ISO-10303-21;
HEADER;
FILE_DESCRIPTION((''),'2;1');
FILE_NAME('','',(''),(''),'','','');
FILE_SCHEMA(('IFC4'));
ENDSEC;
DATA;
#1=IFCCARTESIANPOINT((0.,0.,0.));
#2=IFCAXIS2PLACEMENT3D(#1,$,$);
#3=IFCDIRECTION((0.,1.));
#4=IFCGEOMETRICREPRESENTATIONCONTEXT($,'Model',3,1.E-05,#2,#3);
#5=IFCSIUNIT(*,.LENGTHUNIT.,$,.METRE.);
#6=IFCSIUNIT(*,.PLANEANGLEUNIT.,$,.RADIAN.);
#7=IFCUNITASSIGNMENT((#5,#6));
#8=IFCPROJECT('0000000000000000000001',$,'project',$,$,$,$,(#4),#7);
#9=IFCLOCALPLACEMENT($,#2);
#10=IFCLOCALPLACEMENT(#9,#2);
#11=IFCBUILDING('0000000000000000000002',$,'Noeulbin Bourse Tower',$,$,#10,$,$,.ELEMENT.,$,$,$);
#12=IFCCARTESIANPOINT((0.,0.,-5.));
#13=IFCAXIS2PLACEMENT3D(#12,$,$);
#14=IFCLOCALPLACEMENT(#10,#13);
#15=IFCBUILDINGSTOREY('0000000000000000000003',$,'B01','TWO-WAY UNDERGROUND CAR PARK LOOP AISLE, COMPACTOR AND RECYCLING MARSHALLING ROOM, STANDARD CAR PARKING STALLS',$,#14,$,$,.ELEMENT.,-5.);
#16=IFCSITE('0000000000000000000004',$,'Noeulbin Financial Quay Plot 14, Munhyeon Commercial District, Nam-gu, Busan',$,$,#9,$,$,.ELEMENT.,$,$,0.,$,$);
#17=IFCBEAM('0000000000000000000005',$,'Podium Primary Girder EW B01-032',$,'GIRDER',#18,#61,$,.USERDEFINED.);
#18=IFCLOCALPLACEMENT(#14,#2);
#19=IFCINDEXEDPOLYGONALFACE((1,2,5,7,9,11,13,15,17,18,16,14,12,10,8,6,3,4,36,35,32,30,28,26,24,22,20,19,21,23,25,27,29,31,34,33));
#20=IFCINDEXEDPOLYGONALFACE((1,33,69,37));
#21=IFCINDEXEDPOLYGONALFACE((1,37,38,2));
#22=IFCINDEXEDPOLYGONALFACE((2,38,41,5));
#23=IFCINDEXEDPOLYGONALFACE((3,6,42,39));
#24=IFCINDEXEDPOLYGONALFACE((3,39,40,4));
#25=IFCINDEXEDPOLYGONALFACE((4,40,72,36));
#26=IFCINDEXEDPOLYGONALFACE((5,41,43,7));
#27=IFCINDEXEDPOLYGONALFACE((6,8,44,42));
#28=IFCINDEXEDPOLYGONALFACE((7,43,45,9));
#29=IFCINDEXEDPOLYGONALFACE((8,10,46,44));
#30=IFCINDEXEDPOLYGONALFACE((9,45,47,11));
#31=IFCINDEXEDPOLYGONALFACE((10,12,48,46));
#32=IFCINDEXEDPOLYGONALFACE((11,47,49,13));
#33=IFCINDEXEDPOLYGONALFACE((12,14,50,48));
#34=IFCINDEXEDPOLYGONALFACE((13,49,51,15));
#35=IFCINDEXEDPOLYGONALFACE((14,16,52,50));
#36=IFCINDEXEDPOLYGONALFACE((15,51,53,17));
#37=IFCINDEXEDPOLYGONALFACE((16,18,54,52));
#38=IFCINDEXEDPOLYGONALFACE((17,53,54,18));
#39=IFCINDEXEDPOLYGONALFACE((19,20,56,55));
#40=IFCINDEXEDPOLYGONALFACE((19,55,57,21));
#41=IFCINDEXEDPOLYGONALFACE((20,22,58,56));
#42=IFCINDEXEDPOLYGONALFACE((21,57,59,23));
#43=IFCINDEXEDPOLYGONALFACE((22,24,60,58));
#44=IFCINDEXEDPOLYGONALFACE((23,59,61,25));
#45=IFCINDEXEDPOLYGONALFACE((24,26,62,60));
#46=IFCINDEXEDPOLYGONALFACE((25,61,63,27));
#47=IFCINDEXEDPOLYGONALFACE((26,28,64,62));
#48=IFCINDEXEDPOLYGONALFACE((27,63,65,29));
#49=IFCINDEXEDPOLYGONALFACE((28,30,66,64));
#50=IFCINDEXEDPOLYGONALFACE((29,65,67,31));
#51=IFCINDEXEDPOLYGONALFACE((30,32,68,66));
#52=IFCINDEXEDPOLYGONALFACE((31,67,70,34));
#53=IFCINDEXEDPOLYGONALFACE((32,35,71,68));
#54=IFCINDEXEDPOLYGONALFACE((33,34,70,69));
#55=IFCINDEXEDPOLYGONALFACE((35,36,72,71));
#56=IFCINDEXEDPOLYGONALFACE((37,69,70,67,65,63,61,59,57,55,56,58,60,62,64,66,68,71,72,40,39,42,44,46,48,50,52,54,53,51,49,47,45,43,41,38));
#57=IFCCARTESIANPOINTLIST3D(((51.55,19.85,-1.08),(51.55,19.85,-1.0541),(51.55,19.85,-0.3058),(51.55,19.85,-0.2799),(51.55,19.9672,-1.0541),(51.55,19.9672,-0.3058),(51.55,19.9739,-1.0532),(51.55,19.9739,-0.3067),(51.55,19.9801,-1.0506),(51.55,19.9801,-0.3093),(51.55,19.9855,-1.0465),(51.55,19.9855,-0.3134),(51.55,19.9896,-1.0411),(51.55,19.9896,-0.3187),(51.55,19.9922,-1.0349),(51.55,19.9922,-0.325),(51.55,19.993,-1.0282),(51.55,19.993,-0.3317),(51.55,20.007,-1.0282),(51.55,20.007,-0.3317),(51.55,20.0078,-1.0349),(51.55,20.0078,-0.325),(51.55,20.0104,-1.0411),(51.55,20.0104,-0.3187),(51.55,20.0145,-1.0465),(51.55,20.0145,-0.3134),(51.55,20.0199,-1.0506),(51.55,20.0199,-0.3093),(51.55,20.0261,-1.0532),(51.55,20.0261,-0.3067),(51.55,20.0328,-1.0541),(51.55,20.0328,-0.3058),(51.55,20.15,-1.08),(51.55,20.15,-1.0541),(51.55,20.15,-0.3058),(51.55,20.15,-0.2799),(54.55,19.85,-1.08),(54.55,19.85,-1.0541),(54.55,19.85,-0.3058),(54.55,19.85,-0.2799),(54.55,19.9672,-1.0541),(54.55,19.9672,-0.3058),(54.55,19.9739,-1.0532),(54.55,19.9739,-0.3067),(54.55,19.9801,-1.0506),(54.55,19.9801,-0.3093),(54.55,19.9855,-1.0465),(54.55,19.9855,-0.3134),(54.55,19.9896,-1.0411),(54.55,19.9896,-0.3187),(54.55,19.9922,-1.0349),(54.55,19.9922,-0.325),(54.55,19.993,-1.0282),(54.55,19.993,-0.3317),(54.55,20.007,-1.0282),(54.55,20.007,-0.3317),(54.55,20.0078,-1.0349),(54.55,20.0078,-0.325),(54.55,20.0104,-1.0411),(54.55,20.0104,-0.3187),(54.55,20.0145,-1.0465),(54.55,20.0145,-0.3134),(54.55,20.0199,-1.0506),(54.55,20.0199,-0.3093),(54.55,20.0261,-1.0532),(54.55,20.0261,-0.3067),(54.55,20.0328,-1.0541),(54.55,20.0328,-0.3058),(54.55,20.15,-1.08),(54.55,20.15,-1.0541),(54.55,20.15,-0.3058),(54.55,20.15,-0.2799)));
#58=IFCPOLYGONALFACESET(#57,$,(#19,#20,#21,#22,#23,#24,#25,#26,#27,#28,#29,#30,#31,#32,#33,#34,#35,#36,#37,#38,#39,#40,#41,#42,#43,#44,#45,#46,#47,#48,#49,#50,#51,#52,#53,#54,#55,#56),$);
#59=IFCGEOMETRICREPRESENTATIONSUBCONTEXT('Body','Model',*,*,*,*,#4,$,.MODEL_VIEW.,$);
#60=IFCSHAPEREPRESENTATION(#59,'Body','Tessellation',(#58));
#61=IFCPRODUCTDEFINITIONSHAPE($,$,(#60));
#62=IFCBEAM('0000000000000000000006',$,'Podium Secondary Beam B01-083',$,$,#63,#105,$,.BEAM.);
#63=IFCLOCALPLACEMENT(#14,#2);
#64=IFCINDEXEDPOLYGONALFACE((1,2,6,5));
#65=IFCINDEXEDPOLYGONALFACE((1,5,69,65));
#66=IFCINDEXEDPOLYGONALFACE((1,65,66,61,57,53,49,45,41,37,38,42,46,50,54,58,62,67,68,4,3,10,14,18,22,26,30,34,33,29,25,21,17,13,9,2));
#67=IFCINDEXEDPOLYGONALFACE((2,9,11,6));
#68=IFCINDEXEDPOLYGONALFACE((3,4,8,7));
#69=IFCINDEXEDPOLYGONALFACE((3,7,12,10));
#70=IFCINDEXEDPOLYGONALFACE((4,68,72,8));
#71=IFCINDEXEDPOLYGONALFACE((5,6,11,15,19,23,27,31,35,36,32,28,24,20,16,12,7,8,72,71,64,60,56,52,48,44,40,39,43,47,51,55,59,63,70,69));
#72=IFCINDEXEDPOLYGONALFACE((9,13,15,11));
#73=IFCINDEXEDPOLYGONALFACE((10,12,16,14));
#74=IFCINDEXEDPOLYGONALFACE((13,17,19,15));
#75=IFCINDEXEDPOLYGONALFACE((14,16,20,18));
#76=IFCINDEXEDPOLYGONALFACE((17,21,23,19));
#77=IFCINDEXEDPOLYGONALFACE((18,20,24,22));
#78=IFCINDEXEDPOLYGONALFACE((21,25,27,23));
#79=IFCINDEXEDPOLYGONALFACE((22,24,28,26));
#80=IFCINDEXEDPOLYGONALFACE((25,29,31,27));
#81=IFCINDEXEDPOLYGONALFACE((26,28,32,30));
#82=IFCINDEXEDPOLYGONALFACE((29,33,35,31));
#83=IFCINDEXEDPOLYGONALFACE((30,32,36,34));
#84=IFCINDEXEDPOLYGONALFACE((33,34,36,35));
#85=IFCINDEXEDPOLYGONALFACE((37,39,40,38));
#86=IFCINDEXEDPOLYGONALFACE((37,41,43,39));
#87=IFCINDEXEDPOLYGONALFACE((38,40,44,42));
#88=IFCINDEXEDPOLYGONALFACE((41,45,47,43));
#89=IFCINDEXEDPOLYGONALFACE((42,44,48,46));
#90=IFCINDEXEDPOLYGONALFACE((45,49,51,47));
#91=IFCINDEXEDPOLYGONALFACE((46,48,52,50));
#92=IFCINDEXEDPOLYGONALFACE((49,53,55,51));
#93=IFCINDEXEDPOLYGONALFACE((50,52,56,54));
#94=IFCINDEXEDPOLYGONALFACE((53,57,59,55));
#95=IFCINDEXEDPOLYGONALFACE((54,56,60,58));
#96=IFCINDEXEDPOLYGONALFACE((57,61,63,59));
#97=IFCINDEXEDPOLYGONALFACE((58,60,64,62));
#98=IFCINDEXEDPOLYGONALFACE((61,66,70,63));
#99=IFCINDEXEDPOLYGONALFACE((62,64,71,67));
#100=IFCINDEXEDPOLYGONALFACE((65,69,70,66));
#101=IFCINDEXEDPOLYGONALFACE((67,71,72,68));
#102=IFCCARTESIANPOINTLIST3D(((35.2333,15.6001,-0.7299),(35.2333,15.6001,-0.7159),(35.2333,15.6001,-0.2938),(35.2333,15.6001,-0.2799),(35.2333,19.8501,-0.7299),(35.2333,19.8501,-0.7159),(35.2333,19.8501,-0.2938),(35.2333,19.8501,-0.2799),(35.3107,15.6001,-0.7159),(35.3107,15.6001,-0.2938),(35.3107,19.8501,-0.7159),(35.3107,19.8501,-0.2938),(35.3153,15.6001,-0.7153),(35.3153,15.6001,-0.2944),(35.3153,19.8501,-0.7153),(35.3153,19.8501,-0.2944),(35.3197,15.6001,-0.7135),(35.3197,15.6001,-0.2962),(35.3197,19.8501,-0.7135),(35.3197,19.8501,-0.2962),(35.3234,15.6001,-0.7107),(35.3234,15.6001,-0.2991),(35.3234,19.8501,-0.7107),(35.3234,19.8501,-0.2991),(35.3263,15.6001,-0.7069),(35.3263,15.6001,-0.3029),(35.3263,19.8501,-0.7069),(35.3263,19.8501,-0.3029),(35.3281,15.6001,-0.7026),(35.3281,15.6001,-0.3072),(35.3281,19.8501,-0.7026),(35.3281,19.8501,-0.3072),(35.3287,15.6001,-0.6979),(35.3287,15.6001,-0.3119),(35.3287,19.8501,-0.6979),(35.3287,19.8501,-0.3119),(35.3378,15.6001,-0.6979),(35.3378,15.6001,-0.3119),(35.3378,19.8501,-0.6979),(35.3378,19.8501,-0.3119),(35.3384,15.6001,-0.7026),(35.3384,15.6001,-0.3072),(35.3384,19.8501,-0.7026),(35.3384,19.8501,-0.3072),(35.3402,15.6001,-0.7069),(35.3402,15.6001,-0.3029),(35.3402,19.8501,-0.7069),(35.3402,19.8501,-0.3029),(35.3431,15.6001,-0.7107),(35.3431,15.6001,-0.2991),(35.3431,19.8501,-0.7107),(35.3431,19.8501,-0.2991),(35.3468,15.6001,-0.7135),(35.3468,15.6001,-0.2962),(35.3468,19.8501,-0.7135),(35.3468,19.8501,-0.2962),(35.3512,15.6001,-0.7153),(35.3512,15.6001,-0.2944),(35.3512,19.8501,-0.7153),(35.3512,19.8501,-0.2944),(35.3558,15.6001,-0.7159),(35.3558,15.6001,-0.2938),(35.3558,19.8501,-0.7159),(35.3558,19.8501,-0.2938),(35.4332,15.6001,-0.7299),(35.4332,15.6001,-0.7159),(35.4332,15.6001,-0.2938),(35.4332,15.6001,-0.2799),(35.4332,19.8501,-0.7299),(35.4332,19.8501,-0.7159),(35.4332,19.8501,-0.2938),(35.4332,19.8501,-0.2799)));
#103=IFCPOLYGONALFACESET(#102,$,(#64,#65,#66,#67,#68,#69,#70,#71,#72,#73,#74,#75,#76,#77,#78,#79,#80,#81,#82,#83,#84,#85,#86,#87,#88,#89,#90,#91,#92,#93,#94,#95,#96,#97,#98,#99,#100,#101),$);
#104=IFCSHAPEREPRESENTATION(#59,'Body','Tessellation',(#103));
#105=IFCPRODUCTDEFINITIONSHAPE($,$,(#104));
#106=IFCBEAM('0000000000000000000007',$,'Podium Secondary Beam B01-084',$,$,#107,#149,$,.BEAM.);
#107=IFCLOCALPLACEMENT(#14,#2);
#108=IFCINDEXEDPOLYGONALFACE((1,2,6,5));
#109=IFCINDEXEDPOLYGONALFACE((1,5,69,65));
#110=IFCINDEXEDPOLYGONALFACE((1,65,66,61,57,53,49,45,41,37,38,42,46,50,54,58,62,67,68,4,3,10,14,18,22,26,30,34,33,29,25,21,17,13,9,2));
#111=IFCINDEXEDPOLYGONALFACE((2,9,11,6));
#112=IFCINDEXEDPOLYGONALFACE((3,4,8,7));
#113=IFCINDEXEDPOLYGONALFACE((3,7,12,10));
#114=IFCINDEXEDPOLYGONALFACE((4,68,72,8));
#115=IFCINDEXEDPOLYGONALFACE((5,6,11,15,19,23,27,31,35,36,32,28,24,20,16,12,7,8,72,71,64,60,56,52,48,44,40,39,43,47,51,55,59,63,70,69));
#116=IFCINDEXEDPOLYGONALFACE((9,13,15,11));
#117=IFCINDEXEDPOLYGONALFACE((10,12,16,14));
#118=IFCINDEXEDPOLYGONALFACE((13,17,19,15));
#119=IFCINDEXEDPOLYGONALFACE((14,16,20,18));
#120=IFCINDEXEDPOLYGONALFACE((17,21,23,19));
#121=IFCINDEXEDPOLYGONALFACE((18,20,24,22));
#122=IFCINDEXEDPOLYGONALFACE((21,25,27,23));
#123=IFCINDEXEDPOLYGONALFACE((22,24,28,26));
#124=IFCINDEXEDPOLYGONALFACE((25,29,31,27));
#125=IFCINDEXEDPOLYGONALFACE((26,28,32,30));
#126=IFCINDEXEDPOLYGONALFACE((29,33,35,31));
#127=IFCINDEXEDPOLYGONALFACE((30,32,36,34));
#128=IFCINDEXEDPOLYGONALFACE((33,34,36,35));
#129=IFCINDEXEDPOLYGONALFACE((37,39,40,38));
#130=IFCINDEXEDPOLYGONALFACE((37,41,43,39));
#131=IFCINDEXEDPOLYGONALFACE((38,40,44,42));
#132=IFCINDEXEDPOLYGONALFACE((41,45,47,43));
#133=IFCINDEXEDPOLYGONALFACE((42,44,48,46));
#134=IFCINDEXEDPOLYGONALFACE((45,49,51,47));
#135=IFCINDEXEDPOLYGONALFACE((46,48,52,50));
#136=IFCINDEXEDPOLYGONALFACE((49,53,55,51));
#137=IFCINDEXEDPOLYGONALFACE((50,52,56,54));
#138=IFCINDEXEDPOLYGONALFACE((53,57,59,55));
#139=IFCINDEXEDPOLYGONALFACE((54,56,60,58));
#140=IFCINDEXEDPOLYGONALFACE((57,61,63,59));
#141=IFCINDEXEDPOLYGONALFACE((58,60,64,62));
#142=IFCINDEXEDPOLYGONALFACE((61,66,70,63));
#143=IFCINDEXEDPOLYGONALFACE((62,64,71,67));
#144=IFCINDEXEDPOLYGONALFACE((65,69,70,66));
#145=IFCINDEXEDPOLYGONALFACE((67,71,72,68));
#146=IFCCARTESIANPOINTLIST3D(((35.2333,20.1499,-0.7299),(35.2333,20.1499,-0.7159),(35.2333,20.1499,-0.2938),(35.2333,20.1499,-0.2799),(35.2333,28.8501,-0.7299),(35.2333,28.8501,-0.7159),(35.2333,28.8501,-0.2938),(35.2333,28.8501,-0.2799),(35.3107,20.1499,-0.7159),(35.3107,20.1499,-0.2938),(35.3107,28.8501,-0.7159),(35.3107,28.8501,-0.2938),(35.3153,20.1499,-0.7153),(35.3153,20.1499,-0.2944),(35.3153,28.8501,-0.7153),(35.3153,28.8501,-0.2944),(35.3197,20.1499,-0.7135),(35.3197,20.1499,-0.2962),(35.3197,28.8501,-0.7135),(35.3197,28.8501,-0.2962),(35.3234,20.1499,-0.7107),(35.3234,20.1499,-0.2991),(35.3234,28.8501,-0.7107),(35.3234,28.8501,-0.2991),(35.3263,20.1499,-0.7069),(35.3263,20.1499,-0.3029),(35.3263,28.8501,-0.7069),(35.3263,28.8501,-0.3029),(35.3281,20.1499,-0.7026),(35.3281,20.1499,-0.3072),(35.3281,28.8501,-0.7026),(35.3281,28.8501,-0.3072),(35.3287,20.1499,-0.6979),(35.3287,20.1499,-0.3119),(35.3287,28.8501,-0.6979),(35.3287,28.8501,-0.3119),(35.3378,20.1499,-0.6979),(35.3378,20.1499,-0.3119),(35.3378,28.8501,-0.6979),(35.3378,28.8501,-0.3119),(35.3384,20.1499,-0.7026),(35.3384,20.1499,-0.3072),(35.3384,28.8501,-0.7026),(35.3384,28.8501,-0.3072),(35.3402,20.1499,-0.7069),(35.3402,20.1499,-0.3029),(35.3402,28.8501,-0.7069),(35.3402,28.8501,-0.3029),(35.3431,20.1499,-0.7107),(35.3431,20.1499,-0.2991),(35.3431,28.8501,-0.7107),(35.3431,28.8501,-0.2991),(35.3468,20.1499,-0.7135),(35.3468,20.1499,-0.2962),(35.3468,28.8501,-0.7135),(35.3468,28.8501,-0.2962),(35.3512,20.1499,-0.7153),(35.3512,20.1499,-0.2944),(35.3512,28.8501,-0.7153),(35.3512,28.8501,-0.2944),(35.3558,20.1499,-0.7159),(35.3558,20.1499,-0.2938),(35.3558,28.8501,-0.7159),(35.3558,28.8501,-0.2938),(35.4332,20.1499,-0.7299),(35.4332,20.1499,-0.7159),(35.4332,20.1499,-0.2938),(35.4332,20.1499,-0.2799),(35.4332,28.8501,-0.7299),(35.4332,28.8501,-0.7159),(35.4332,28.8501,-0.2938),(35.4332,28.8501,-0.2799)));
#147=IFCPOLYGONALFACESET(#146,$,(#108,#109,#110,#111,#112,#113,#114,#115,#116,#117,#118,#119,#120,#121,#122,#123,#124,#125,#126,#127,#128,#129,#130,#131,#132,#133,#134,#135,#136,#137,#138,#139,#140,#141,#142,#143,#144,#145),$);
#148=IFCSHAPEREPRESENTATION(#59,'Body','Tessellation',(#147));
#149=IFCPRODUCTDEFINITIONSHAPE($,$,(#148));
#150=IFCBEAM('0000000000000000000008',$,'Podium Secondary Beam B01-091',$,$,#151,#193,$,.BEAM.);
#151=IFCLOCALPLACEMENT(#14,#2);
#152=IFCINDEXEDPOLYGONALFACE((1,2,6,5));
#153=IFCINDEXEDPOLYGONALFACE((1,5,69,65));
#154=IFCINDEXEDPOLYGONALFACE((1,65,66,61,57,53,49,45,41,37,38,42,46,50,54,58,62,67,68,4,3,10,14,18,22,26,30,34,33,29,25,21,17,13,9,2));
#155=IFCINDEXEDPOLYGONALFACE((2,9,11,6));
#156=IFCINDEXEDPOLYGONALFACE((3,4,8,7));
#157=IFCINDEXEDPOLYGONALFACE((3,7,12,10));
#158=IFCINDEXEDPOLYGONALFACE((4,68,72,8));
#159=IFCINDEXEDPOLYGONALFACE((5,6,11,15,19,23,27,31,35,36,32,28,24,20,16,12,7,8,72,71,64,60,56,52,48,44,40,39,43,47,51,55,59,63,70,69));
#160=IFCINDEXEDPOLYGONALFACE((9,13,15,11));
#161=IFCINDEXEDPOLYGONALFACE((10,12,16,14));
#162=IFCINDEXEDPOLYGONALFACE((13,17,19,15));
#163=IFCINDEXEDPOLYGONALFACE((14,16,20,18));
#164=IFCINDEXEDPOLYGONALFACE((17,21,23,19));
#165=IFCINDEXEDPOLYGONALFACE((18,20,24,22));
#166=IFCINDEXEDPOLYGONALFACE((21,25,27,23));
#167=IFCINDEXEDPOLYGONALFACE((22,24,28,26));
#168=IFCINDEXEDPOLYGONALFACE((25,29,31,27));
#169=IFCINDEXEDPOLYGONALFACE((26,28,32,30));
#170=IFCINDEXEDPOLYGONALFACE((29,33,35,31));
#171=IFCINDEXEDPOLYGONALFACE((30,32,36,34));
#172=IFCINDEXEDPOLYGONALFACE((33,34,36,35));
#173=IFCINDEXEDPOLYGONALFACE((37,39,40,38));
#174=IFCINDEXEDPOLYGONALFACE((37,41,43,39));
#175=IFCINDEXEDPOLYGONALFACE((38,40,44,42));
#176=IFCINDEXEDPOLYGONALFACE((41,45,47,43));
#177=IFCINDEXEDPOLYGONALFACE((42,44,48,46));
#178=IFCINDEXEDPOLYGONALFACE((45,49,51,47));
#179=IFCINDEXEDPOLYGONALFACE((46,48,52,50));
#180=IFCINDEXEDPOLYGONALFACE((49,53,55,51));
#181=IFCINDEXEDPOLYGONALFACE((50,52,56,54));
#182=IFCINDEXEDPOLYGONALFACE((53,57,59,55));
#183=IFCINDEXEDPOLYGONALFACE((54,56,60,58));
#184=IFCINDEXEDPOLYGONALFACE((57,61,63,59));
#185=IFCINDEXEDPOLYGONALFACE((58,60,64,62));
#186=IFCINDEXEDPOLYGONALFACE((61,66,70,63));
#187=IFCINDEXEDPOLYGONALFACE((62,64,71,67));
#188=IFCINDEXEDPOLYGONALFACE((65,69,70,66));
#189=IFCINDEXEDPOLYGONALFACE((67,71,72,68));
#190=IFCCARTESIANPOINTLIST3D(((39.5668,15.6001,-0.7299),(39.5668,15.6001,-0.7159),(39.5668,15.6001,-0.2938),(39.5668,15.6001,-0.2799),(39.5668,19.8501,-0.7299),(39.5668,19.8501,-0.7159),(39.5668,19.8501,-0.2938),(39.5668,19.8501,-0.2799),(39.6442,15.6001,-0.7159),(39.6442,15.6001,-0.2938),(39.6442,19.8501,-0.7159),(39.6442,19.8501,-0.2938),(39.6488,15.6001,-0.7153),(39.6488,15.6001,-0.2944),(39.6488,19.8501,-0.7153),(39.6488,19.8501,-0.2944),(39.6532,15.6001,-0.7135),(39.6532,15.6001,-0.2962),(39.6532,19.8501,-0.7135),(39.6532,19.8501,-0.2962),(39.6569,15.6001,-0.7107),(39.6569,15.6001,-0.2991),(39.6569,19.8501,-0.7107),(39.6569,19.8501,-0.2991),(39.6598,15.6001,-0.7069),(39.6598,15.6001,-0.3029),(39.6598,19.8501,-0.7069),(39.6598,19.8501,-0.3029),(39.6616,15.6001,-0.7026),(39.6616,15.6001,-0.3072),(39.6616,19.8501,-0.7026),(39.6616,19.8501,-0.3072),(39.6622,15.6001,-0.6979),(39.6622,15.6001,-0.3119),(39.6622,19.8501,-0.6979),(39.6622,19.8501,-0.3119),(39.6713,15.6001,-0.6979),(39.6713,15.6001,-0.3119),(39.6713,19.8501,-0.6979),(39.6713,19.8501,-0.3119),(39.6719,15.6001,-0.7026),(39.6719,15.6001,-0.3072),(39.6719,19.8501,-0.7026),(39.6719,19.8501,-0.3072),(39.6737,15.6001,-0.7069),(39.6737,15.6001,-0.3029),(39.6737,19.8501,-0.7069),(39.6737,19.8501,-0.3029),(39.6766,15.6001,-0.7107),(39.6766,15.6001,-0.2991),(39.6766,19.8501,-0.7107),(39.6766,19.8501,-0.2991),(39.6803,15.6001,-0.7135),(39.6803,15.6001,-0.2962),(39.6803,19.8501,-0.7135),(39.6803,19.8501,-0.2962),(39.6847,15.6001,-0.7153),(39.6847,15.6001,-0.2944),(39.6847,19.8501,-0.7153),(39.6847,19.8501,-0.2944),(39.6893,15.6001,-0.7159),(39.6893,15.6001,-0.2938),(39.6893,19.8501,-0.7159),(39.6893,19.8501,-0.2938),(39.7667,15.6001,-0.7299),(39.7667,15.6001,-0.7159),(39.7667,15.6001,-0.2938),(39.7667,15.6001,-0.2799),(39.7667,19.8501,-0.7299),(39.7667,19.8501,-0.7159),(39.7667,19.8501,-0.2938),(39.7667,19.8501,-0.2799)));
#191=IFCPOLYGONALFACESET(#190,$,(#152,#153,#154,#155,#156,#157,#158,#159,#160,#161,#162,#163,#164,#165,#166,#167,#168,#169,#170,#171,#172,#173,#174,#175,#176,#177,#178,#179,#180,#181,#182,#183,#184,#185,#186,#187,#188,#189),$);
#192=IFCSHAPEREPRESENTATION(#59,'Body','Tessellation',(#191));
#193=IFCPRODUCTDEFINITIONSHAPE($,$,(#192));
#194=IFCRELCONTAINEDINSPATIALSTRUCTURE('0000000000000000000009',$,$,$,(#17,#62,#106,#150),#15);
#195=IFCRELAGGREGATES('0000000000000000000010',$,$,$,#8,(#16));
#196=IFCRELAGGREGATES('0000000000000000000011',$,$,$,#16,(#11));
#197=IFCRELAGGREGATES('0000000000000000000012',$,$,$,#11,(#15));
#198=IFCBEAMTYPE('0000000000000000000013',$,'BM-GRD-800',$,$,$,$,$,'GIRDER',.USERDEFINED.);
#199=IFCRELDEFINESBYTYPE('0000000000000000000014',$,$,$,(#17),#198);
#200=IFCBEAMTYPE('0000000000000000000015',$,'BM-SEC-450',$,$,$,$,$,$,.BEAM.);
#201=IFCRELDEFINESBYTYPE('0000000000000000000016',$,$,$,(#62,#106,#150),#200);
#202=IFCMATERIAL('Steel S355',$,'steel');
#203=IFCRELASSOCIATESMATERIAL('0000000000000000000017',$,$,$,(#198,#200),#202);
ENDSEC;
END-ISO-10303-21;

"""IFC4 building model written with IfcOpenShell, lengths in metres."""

from ifc_helpers import new_model, si_unit, direction, frame, origin, origin_2d, place, context, subcontext, project, spatial, i_section, extrude, material, material_profile, profile_set, type_object, element, save


model = new_model("IFC4")

# Units and contexts
model_context = context("Model", 3, precision=1e-05, world=origin(), true_north=direction((0.0, 1.0)))
body_context = subcontext(model_context, "Body", "Model", "MODEL_VIEW")
ifc_project = project(units=[si_unit("LENGTHUNIT", "METRE"), si_unit("PLANEANGLEUNIT", "RADIAN")], contexts=[model_context])

# Site, building, storey
site_placement = place(None, origin())
site = spatial("IfcSite", under=ifc_project, at=site_placement, Name="Noeulbin Financial Quay Plot 14, Munhyeon Commercial District, Nam-gu, Busan", CompositionType="ELEMENT", RefElevation=0.0)
building_placement = place(site_placement, origin())
building = spatial("IfcBuilding", under=site, at=building_placement, Name="Noeulbin Bourse Tower", CompositionType="ELEMENT")
storey_placement = place(building_placement, frame((0.0, 0.0, -5.0)))
storey = spatial("IfcBuildingStorey", under=building, at=storey_placement, Name="B01", Description="TWO-WAY UNDERGROUND CAR PARK LOOP AISLE, COMPACTOR AND RECYCLING MARSHALLING ROOM, STANDARD CAR PARKING STALLS", CompositionType="ELEMENT", Elevation=-5.0)

# Beams
ifc_material_1 = material(Name="Steel S355", Category="steel")
ifc_material_profile_1 = material_profile(ifc_material_1, i_section(OverallWidth=0.3, OverallDepth=0.8, WebThickness=0.0139, FlangeThickness=0.0259, FilletRadius=0.0259, at=origin_2d()), Name="H-800x300x14x26", Category="LoadBearing")
ifc_profile_set_1 = profile_set([ifc_material_profile_1], Name="Steel S355")
beam_type_1 = type_object("IfcBeamType", Name="BM-GRD-800", ElementType="GIRDER", PredefinedType="USERDEFINED", material=ifc_profile_set_1)
beam_1_placement = place(storey_placement, frame((51.55, 20.0, -0.6799), z_axis=(1.0, 0.0, 0.0), x_axis=(0.0, 1.0, 0.0)))
element("IfcBeam", 1, at=beam_1_placement, inside=storey, type_object=beam_type_1, Name="Podium Primary Girder EW B01-032", ObjectType="GIRDER", PredefinedType="USERDEFINED", context=body_context, shape_type="SweptSolid", body=[
    extrude(i_section(OverallWidth=0.3, OverallDepth=0.8, WebThickness=0.0139, FlangeThickness=0.0259, FilletRadius=0.0259, at=origin_2d()), origin(), (0.0, 0.0, 1.0), 3.0),
])
ifc_material_profile_2 = material_profile(ifc_material_1, i_section(OverallWidth=0.2, OverallDepth=0.45, WebThickness=0.009, FlangeThickness=0.0139, FilletRadius=0.0181, at=origin_2d()), Name="H-450x200x9x14", Category="LoadBearing")
ifc_profile_set_2 = profile_set([ifc_material_profile_2], Name="Steel S355")
beam_type_2 = type_object("IfcBeamType", Name="BM-SEC-450", PredefinedType="BEAM", material=ifc_profile_set_2)
beam_2_placement = place(storey_placement, frame((35.3333, 15.6001, -0.5049), z_axis=(0.0, 1.0, 0.0), x_axis=(-1.0, 0.0, 0.0)))
element("IfcBeam", 2, at=beam_2_placement, inside=storey, type_object=beam_type_2, Name="Podium Secondary Beam B01-083", PredefinedType="BEAM", context=body_context, shape_type="SweptSolid", body=[
    extrude(i_section(OverallWidth=0.2, OverallDepth=0.45, WebThickness=0.009, FlangeThickness=0.0139, FilletRadius=0.0181, at=origin_2d()), origin(), (0.0, 0.0, 1.0), 4.25),
])
beam_3_placement = place(storey_placement, frame((35.3333, 20.1499, -0.5049), z_axis=(0.0, 1.0, 0.0), x_axis=(-1.0, 0.0, 0.0)))
element("IfcBeam", 3, at=beam_3_placement, inside=storey, type_object=beam_type_2, Name="Podium Secondary Beam B01-084", PredefinedType="BEAM", context=body_context, shape_type="SweptSolid", body=[
    extrude(i_section(OverallWidth=0.2, OverallDepth=0.45, WebThickness=0.009, FlangeThickness=0.0139, FilletRadius=0.0181, at=origin_2d()), origin(), (0.0, 0.0, 1.0), 8.7002),
])
beam_4_placement = place(storey_placement, frame((39.6667, 15.6001, -0.5049), z_axis=(0.0, 1.0, 0.0), x_axis=(-1.0, 0.0, 0.0)))
element("IfcBeam", 4, at=beam_4_placement, inside=storey, type_object=beam_type_2, Name="Podium Secondary Beam B01-091", PredefinedType="BEAM", context=body_context, shape_type="SweptSolid", body=[
    extrude(i_section(OverallWidth=0.2, OverallDepth=0.45, WebThickness=0.009, FlangeThickness=0.0139, FilletRadius=0.0181, at=origin_2d()), origin(), (0.0, 0.0, 1.0), 4.25),
])

save(model, "model.ifc")
